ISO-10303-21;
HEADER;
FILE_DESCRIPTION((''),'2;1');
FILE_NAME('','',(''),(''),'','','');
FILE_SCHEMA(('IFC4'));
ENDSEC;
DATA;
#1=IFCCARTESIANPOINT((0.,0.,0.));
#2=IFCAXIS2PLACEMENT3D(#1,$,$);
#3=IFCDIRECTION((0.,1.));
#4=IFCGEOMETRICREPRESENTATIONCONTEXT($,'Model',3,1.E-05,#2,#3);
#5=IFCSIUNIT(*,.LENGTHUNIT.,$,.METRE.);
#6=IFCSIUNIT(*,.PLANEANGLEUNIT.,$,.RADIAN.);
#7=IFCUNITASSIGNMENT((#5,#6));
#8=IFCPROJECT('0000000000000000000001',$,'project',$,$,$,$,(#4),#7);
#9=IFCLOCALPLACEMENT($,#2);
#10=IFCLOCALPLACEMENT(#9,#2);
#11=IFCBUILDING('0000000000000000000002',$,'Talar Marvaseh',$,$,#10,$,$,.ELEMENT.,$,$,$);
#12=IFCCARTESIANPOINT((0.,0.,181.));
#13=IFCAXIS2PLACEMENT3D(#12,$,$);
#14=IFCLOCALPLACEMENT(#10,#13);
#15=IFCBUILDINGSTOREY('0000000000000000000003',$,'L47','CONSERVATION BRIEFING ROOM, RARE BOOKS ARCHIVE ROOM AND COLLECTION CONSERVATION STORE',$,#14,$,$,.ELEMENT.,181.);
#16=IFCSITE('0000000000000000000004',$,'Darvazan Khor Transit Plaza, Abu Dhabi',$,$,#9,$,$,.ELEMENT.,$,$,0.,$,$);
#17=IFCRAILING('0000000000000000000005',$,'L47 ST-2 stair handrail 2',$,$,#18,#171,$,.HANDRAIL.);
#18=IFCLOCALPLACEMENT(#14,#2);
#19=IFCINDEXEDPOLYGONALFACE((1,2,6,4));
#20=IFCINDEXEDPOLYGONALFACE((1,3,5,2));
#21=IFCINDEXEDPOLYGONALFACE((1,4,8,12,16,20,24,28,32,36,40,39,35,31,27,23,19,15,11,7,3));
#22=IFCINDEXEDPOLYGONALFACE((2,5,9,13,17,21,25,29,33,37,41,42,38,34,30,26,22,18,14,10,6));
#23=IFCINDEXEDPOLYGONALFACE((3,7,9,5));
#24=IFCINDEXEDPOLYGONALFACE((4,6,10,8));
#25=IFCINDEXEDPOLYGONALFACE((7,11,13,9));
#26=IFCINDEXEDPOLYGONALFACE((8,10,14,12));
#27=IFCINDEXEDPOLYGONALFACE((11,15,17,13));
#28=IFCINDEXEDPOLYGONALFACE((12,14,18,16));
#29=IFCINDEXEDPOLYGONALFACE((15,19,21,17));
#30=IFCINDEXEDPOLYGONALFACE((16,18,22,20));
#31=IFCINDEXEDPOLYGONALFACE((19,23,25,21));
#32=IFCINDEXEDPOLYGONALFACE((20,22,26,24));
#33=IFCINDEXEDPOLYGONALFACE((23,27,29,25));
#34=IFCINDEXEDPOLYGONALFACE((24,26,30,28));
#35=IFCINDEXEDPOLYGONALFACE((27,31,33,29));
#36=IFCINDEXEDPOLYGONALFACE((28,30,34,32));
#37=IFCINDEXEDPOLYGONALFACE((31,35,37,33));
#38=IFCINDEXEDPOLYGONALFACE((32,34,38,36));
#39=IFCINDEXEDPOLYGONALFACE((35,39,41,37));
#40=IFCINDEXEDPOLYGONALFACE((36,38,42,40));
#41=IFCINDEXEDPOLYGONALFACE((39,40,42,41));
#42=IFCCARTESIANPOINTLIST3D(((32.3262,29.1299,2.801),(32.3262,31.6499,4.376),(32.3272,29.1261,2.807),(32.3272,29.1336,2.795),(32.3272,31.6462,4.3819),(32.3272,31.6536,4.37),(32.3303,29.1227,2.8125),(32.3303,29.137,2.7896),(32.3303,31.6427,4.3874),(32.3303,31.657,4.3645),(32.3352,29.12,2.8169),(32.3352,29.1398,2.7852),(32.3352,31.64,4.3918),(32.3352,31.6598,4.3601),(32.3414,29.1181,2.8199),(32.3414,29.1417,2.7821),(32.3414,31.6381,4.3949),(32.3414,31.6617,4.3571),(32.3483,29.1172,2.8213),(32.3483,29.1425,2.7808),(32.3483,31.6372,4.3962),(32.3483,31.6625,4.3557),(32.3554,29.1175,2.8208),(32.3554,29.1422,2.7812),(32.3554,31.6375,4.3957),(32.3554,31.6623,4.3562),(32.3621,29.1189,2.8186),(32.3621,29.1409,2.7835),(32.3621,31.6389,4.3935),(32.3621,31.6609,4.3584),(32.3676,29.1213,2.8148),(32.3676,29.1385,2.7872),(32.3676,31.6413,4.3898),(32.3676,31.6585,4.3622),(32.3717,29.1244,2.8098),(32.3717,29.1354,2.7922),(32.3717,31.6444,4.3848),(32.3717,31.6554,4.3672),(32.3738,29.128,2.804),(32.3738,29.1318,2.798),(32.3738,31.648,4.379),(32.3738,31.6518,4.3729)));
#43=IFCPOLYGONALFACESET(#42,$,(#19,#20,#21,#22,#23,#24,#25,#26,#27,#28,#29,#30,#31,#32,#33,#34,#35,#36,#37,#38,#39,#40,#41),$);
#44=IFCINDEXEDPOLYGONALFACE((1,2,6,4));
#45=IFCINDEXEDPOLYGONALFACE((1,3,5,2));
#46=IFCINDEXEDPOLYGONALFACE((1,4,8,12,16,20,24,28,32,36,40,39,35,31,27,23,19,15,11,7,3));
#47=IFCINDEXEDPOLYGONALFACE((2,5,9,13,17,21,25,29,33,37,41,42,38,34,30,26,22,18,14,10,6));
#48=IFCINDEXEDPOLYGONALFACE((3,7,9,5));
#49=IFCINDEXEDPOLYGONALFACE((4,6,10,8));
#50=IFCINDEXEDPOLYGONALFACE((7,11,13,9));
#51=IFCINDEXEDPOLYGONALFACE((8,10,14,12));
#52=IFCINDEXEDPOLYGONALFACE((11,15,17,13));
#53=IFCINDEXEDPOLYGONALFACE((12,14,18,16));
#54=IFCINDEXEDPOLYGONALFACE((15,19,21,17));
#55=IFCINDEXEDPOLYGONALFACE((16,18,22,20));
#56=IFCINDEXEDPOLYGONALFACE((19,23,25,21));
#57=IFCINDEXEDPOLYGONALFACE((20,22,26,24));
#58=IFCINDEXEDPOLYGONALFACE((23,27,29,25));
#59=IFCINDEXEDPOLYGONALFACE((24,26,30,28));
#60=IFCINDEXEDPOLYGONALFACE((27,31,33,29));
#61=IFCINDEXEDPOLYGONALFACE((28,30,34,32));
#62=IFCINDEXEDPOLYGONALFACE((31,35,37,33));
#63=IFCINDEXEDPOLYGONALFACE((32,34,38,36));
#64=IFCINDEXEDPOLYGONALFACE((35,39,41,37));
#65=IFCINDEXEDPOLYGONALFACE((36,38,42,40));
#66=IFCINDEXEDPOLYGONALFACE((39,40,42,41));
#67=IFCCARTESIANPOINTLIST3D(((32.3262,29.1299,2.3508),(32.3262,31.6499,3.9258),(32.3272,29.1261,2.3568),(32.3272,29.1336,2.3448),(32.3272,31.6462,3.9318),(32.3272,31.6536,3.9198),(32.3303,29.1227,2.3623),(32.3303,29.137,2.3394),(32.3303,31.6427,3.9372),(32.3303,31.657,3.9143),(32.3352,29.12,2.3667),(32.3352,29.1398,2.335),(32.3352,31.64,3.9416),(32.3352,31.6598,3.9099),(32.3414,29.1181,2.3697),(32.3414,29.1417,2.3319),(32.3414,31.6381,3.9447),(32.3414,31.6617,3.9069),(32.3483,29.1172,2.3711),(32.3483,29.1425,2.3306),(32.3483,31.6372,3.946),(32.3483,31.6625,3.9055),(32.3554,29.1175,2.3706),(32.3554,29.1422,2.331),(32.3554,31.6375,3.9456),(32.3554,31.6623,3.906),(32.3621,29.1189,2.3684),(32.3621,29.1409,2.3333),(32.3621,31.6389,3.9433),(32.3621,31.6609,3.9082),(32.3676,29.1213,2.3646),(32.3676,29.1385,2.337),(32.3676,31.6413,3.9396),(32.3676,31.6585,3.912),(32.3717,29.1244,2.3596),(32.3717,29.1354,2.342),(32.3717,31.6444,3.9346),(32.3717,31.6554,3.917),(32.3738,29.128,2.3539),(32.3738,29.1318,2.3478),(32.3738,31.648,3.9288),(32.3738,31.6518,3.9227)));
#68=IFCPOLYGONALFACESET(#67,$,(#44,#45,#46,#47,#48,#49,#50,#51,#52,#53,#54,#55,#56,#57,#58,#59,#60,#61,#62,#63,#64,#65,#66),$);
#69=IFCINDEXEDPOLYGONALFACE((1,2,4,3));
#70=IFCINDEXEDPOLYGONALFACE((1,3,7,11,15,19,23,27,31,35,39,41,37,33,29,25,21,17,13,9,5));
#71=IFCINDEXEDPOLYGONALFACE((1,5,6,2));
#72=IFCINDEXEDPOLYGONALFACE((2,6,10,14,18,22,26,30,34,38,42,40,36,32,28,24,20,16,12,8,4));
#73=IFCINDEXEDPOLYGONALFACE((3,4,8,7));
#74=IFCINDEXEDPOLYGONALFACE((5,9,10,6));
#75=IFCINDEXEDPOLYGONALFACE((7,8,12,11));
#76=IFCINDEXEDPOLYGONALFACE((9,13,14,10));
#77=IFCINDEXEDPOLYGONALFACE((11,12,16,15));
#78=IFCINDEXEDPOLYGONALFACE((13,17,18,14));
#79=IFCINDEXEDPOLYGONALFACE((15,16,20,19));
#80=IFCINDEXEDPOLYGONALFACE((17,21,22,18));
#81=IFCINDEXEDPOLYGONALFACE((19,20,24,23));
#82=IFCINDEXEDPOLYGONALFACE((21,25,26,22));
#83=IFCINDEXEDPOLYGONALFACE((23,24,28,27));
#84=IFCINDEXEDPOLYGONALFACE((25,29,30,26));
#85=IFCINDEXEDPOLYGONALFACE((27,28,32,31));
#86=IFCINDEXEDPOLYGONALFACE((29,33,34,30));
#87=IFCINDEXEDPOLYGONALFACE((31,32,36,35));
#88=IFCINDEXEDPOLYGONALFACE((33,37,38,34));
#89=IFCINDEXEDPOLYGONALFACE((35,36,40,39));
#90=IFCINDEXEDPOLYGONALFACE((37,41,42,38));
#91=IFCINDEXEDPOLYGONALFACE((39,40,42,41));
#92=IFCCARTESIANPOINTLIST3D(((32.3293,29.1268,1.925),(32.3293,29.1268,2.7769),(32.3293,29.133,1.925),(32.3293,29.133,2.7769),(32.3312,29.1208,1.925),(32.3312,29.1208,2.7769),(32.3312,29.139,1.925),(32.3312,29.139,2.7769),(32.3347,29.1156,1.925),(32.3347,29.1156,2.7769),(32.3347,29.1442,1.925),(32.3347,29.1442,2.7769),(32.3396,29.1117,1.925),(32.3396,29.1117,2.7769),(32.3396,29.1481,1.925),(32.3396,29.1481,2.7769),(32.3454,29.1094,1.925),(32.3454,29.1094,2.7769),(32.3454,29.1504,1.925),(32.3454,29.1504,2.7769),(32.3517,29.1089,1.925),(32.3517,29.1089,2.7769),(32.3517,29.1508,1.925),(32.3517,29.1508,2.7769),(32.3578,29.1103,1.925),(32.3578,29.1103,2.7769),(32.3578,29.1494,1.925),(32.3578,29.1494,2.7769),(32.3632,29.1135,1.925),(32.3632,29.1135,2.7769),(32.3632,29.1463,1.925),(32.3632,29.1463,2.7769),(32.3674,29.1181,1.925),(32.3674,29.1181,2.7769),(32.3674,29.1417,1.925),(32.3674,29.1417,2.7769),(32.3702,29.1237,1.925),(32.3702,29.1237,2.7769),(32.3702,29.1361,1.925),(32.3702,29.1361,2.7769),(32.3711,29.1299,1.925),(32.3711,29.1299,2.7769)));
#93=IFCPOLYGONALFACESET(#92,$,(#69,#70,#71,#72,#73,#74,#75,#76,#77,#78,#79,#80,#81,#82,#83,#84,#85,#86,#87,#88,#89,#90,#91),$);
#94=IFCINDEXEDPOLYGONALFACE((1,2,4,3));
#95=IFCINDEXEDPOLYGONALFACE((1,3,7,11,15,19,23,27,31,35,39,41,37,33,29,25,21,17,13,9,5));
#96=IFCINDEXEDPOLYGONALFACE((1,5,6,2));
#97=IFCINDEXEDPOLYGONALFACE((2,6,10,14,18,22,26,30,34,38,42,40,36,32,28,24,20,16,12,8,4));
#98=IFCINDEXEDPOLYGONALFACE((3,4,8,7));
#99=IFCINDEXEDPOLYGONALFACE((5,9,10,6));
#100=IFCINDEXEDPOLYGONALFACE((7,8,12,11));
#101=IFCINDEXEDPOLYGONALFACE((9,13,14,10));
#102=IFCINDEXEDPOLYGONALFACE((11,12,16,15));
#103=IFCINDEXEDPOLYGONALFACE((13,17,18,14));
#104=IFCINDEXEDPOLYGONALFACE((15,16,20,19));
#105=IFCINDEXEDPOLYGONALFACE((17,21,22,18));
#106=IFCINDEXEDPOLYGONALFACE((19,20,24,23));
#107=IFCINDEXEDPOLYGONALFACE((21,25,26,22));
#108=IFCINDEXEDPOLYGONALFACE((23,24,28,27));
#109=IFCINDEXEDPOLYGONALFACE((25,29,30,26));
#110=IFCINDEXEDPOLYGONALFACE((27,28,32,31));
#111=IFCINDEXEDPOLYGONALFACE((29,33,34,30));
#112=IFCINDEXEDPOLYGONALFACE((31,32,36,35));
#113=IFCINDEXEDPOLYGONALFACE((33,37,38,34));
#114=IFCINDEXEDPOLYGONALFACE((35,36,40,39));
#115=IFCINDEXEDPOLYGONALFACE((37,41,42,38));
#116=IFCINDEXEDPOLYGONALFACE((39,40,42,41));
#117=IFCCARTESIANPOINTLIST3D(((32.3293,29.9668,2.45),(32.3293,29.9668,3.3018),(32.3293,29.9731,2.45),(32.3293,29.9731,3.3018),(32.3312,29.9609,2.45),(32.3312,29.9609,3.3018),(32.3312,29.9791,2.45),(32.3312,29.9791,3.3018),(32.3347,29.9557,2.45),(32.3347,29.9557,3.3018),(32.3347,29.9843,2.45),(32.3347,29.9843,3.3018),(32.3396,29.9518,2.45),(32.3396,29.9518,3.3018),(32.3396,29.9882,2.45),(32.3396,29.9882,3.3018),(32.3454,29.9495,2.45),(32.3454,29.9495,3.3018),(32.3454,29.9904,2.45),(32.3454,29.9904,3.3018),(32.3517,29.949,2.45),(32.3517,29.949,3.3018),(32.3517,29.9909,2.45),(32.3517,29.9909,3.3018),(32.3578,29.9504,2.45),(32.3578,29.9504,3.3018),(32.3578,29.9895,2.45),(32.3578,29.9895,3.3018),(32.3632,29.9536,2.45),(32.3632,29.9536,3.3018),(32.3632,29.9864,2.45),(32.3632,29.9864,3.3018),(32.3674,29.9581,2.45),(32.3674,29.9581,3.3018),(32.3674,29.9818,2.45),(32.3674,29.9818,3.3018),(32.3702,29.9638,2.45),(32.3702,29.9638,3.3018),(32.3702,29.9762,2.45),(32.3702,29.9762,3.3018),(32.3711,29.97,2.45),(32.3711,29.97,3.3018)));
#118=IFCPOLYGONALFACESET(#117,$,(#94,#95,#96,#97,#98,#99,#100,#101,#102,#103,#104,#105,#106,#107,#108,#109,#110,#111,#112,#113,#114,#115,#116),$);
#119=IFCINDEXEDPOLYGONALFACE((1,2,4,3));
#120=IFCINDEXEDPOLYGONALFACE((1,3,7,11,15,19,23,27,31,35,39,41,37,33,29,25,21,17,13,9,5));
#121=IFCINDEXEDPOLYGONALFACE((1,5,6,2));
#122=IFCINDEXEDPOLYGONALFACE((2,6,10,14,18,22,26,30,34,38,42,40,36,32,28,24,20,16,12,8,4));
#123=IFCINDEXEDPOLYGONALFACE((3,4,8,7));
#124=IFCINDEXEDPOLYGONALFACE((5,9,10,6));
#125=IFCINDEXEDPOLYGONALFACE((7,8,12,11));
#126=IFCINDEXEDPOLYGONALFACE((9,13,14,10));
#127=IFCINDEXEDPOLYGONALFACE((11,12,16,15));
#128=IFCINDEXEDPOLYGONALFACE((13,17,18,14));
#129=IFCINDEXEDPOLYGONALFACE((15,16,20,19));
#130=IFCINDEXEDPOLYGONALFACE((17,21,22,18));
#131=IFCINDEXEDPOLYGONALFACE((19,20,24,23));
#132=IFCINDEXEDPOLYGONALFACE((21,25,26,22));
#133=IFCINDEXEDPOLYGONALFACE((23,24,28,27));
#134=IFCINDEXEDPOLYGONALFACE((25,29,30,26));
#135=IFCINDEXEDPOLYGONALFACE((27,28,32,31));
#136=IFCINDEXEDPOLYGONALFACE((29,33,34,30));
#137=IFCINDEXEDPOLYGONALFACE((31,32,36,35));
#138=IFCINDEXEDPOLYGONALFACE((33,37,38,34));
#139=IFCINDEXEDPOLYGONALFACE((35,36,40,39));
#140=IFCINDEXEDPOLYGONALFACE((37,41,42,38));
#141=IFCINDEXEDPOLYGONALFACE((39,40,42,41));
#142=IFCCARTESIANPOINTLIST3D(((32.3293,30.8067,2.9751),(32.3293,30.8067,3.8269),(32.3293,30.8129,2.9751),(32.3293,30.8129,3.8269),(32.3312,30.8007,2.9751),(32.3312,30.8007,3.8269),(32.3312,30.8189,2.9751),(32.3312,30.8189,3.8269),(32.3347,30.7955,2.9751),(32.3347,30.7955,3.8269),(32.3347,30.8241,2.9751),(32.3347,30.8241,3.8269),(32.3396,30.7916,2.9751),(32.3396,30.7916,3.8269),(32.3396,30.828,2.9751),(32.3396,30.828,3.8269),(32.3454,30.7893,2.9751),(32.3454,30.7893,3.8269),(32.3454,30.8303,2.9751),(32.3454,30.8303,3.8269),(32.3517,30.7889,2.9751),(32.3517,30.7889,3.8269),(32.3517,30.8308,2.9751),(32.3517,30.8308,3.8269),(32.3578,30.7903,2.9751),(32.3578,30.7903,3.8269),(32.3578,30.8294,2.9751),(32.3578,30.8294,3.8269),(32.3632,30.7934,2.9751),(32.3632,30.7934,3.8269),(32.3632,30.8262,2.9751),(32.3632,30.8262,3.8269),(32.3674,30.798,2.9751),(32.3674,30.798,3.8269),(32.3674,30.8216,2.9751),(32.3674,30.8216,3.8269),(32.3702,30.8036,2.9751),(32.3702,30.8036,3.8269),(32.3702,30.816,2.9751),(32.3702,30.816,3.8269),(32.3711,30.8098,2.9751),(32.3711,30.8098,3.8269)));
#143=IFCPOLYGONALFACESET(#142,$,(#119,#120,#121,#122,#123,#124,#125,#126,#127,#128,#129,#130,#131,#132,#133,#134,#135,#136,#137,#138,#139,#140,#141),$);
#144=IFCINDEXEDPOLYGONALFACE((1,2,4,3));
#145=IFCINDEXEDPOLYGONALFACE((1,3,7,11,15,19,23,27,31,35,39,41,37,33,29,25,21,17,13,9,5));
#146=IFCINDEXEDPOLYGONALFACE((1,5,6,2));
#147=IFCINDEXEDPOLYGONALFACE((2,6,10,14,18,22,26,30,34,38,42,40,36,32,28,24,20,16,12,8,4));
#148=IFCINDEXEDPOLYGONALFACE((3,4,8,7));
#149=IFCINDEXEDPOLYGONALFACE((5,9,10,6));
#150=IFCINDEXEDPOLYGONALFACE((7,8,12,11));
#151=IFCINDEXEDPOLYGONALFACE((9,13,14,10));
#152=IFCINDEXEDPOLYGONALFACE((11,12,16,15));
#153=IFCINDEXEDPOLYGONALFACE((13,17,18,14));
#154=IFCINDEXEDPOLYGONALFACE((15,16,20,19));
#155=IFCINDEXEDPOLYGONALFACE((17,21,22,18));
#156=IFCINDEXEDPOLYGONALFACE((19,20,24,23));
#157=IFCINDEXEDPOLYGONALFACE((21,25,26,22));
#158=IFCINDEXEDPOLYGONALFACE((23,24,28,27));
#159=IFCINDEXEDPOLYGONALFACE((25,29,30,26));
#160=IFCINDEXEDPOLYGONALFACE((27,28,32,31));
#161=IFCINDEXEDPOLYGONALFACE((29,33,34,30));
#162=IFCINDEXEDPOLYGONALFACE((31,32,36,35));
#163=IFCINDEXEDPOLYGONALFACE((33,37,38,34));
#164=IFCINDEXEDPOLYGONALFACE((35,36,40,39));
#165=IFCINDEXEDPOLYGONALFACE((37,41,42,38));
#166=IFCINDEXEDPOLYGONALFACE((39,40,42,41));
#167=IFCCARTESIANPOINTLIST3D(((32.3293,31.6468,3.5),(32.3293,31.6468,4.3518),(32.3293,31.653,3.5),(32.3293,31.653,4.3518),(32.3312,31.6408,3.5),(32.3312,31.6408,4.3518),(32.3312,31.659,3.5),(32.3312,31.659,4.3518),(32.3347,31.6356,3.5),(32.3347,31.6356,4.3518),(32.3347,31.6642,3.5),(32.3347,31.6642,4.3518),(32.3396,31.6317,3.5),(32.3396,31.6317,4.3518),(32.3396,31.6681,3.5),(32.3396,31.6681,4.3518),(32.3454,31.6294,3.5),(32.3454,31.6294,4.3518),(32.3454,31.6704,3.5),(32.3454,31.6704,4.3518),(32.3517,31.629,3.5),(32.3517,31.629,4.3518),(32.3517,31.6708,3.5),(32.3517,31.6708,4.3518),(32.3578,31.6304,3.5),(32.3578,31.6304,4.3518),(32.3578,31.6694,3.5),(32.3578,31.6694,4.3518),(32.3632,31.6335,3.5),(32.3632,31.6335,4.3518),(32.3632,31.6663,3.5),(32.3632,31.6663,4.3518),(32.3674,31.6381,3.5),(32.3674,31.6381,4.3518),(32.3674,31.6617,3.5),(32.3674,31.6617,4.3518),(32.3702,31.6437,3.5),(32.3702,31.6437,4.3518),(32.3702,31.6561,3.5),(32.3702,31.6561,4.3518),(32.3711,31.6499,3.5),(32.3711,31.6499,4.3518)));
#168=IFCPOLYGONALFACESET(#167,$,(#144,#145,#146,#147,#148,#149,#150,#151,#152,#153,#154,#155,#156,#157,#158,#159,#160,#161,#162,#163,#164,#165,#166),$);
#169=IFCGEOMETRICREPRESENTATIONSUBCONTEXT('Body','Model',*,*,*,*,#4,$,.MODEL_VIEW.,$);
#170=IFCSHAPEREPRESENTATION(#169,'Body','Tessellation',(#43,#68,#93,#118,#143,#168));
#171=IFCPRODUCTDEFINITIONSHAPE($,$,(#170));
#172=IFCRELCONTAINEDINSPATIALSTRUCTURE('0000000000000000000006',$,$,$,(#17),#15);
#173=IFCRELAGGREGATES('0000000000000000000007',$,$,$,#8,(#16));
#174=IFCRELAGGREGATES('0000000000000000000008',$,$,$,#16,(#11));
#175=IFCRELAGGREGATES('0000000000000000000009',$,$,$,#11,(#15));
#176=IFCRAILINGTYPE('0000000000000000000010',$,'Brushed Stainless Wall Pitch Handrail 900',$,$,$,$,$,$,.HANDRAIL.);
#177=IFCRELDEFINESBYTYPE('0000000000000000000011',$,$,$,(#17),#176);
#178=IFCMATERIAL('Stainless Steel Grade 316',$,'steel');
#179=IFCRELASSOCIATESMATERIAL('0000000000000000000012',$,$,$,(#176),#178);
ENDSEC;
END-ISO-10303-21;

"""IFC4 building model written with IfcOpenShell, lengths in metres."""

from ifc_helpers import new_model, si_unit, direction, frame, origin, origin_2d, place, context, subcontext, project, spatial, circle, extrude, material, type_object, element, save


model = new_model("IFC4")

# Units and contexts
model_context = context("Model", 3, precision=1e-05, world=origin(), true_north=direction((0.0, 1.0)))
body_context = subcontext(model_context, "Body", "Model", "MODEL_VIEW")
ifc_project = project(units=[si_unit("LENGTHUNIT", "METRE"), si_unit("PLANEANGLEUNIT", "RADIAN")], contexts=[model_context])

# Site, building, storey
site_placement = place(None, origin())
site = spatial("IfcSite", under=ifc_project, at=site_placement, Name="Darvazan Khor Transit Plaza, Abu Dhabi", CompositionType="ELEMENT", RefElevation=0.0)
building_placement = place(site_placement, origin())
building = spatial("IfcBuilding", under=site, at=building_placement, Name="Talar Marvaseh", CompositionType="ELEMENT")
storey_placement = place(building_placement, frame((0.0, 0.0, 181.0)))
storey = spatial("IfcBuildingStorey", under=building, at=storey_placement, Name="L47", Description="CONSERVATION BRIEFING ROOM, RARE BOOKS ARCHIVE ROOM AND COLLECTION CONSERVATION STORE", CompositionType="ELEMENT", Elevation=181.0)

# Shared definitions
ifc_material_1 = material(Name="Stainless Steel Grade 316", Category="steel")

# Railing
railing_type_1 = type_object("IfcRailingType", Name="Brushed Stainless Wall Pitch Handrail 900", PredefinedType="HANDRAIL", material=ifc_material_1)
railing_1_placement = place(storey_placement, frame((32.3501, 29.1299, 1.925)))
element("IfcRailing", 1, at=railing_1_placement, inside=storey, type_object=railing_type_1, Name="L47 ST-2 stair handrail 2", PredefinedType="HANDRAIL", context=body_context, shape_type="SweptSolid", body=[
    extrude(circle(Radius=0.0239, at=origin_2d()), frame((0.0, 0.0, 0.876), z_axis=(0.0, 0.848008, 0.529984), x_axis=(-1.0, 0.0, 0.0)), (0.0, 0.0, 1.0), 2.9717),
    extrude(circle(Radius=0.0239, at=origin_2d()), frame((0.0, 0.0, 0.4258), z_axis=(0.0, 0.848008, 0.529984), x_axis=(-1.0, 0.0, 0.0)), (0.0, 0.0, 1.0), 2.9717),
    extrude(circle(Radius=0.021, at=origin_2d()), origin(), (0.0, 0.0, 1.0), 0.8518),
    extrude(circle(Radius=0.021, at=origin_2d()), frame((0.0, 0.8401, 0.5249)), (0.0, 0.0, 1.0), 0.8518),
    extrude(circle(Radius=0.021, at=origin_2d()), frame((0.0, 1.6799, 1.05)), (0.0, 0.0, 1.0), 0.8518),
    extrude(circle(Radius=0.021, at=origin_2d()), frame((0.0, 2.52, 1.575)), (0.0, 0.0, 1.0), 0.8518),
])

save(model, "model.ifc")
